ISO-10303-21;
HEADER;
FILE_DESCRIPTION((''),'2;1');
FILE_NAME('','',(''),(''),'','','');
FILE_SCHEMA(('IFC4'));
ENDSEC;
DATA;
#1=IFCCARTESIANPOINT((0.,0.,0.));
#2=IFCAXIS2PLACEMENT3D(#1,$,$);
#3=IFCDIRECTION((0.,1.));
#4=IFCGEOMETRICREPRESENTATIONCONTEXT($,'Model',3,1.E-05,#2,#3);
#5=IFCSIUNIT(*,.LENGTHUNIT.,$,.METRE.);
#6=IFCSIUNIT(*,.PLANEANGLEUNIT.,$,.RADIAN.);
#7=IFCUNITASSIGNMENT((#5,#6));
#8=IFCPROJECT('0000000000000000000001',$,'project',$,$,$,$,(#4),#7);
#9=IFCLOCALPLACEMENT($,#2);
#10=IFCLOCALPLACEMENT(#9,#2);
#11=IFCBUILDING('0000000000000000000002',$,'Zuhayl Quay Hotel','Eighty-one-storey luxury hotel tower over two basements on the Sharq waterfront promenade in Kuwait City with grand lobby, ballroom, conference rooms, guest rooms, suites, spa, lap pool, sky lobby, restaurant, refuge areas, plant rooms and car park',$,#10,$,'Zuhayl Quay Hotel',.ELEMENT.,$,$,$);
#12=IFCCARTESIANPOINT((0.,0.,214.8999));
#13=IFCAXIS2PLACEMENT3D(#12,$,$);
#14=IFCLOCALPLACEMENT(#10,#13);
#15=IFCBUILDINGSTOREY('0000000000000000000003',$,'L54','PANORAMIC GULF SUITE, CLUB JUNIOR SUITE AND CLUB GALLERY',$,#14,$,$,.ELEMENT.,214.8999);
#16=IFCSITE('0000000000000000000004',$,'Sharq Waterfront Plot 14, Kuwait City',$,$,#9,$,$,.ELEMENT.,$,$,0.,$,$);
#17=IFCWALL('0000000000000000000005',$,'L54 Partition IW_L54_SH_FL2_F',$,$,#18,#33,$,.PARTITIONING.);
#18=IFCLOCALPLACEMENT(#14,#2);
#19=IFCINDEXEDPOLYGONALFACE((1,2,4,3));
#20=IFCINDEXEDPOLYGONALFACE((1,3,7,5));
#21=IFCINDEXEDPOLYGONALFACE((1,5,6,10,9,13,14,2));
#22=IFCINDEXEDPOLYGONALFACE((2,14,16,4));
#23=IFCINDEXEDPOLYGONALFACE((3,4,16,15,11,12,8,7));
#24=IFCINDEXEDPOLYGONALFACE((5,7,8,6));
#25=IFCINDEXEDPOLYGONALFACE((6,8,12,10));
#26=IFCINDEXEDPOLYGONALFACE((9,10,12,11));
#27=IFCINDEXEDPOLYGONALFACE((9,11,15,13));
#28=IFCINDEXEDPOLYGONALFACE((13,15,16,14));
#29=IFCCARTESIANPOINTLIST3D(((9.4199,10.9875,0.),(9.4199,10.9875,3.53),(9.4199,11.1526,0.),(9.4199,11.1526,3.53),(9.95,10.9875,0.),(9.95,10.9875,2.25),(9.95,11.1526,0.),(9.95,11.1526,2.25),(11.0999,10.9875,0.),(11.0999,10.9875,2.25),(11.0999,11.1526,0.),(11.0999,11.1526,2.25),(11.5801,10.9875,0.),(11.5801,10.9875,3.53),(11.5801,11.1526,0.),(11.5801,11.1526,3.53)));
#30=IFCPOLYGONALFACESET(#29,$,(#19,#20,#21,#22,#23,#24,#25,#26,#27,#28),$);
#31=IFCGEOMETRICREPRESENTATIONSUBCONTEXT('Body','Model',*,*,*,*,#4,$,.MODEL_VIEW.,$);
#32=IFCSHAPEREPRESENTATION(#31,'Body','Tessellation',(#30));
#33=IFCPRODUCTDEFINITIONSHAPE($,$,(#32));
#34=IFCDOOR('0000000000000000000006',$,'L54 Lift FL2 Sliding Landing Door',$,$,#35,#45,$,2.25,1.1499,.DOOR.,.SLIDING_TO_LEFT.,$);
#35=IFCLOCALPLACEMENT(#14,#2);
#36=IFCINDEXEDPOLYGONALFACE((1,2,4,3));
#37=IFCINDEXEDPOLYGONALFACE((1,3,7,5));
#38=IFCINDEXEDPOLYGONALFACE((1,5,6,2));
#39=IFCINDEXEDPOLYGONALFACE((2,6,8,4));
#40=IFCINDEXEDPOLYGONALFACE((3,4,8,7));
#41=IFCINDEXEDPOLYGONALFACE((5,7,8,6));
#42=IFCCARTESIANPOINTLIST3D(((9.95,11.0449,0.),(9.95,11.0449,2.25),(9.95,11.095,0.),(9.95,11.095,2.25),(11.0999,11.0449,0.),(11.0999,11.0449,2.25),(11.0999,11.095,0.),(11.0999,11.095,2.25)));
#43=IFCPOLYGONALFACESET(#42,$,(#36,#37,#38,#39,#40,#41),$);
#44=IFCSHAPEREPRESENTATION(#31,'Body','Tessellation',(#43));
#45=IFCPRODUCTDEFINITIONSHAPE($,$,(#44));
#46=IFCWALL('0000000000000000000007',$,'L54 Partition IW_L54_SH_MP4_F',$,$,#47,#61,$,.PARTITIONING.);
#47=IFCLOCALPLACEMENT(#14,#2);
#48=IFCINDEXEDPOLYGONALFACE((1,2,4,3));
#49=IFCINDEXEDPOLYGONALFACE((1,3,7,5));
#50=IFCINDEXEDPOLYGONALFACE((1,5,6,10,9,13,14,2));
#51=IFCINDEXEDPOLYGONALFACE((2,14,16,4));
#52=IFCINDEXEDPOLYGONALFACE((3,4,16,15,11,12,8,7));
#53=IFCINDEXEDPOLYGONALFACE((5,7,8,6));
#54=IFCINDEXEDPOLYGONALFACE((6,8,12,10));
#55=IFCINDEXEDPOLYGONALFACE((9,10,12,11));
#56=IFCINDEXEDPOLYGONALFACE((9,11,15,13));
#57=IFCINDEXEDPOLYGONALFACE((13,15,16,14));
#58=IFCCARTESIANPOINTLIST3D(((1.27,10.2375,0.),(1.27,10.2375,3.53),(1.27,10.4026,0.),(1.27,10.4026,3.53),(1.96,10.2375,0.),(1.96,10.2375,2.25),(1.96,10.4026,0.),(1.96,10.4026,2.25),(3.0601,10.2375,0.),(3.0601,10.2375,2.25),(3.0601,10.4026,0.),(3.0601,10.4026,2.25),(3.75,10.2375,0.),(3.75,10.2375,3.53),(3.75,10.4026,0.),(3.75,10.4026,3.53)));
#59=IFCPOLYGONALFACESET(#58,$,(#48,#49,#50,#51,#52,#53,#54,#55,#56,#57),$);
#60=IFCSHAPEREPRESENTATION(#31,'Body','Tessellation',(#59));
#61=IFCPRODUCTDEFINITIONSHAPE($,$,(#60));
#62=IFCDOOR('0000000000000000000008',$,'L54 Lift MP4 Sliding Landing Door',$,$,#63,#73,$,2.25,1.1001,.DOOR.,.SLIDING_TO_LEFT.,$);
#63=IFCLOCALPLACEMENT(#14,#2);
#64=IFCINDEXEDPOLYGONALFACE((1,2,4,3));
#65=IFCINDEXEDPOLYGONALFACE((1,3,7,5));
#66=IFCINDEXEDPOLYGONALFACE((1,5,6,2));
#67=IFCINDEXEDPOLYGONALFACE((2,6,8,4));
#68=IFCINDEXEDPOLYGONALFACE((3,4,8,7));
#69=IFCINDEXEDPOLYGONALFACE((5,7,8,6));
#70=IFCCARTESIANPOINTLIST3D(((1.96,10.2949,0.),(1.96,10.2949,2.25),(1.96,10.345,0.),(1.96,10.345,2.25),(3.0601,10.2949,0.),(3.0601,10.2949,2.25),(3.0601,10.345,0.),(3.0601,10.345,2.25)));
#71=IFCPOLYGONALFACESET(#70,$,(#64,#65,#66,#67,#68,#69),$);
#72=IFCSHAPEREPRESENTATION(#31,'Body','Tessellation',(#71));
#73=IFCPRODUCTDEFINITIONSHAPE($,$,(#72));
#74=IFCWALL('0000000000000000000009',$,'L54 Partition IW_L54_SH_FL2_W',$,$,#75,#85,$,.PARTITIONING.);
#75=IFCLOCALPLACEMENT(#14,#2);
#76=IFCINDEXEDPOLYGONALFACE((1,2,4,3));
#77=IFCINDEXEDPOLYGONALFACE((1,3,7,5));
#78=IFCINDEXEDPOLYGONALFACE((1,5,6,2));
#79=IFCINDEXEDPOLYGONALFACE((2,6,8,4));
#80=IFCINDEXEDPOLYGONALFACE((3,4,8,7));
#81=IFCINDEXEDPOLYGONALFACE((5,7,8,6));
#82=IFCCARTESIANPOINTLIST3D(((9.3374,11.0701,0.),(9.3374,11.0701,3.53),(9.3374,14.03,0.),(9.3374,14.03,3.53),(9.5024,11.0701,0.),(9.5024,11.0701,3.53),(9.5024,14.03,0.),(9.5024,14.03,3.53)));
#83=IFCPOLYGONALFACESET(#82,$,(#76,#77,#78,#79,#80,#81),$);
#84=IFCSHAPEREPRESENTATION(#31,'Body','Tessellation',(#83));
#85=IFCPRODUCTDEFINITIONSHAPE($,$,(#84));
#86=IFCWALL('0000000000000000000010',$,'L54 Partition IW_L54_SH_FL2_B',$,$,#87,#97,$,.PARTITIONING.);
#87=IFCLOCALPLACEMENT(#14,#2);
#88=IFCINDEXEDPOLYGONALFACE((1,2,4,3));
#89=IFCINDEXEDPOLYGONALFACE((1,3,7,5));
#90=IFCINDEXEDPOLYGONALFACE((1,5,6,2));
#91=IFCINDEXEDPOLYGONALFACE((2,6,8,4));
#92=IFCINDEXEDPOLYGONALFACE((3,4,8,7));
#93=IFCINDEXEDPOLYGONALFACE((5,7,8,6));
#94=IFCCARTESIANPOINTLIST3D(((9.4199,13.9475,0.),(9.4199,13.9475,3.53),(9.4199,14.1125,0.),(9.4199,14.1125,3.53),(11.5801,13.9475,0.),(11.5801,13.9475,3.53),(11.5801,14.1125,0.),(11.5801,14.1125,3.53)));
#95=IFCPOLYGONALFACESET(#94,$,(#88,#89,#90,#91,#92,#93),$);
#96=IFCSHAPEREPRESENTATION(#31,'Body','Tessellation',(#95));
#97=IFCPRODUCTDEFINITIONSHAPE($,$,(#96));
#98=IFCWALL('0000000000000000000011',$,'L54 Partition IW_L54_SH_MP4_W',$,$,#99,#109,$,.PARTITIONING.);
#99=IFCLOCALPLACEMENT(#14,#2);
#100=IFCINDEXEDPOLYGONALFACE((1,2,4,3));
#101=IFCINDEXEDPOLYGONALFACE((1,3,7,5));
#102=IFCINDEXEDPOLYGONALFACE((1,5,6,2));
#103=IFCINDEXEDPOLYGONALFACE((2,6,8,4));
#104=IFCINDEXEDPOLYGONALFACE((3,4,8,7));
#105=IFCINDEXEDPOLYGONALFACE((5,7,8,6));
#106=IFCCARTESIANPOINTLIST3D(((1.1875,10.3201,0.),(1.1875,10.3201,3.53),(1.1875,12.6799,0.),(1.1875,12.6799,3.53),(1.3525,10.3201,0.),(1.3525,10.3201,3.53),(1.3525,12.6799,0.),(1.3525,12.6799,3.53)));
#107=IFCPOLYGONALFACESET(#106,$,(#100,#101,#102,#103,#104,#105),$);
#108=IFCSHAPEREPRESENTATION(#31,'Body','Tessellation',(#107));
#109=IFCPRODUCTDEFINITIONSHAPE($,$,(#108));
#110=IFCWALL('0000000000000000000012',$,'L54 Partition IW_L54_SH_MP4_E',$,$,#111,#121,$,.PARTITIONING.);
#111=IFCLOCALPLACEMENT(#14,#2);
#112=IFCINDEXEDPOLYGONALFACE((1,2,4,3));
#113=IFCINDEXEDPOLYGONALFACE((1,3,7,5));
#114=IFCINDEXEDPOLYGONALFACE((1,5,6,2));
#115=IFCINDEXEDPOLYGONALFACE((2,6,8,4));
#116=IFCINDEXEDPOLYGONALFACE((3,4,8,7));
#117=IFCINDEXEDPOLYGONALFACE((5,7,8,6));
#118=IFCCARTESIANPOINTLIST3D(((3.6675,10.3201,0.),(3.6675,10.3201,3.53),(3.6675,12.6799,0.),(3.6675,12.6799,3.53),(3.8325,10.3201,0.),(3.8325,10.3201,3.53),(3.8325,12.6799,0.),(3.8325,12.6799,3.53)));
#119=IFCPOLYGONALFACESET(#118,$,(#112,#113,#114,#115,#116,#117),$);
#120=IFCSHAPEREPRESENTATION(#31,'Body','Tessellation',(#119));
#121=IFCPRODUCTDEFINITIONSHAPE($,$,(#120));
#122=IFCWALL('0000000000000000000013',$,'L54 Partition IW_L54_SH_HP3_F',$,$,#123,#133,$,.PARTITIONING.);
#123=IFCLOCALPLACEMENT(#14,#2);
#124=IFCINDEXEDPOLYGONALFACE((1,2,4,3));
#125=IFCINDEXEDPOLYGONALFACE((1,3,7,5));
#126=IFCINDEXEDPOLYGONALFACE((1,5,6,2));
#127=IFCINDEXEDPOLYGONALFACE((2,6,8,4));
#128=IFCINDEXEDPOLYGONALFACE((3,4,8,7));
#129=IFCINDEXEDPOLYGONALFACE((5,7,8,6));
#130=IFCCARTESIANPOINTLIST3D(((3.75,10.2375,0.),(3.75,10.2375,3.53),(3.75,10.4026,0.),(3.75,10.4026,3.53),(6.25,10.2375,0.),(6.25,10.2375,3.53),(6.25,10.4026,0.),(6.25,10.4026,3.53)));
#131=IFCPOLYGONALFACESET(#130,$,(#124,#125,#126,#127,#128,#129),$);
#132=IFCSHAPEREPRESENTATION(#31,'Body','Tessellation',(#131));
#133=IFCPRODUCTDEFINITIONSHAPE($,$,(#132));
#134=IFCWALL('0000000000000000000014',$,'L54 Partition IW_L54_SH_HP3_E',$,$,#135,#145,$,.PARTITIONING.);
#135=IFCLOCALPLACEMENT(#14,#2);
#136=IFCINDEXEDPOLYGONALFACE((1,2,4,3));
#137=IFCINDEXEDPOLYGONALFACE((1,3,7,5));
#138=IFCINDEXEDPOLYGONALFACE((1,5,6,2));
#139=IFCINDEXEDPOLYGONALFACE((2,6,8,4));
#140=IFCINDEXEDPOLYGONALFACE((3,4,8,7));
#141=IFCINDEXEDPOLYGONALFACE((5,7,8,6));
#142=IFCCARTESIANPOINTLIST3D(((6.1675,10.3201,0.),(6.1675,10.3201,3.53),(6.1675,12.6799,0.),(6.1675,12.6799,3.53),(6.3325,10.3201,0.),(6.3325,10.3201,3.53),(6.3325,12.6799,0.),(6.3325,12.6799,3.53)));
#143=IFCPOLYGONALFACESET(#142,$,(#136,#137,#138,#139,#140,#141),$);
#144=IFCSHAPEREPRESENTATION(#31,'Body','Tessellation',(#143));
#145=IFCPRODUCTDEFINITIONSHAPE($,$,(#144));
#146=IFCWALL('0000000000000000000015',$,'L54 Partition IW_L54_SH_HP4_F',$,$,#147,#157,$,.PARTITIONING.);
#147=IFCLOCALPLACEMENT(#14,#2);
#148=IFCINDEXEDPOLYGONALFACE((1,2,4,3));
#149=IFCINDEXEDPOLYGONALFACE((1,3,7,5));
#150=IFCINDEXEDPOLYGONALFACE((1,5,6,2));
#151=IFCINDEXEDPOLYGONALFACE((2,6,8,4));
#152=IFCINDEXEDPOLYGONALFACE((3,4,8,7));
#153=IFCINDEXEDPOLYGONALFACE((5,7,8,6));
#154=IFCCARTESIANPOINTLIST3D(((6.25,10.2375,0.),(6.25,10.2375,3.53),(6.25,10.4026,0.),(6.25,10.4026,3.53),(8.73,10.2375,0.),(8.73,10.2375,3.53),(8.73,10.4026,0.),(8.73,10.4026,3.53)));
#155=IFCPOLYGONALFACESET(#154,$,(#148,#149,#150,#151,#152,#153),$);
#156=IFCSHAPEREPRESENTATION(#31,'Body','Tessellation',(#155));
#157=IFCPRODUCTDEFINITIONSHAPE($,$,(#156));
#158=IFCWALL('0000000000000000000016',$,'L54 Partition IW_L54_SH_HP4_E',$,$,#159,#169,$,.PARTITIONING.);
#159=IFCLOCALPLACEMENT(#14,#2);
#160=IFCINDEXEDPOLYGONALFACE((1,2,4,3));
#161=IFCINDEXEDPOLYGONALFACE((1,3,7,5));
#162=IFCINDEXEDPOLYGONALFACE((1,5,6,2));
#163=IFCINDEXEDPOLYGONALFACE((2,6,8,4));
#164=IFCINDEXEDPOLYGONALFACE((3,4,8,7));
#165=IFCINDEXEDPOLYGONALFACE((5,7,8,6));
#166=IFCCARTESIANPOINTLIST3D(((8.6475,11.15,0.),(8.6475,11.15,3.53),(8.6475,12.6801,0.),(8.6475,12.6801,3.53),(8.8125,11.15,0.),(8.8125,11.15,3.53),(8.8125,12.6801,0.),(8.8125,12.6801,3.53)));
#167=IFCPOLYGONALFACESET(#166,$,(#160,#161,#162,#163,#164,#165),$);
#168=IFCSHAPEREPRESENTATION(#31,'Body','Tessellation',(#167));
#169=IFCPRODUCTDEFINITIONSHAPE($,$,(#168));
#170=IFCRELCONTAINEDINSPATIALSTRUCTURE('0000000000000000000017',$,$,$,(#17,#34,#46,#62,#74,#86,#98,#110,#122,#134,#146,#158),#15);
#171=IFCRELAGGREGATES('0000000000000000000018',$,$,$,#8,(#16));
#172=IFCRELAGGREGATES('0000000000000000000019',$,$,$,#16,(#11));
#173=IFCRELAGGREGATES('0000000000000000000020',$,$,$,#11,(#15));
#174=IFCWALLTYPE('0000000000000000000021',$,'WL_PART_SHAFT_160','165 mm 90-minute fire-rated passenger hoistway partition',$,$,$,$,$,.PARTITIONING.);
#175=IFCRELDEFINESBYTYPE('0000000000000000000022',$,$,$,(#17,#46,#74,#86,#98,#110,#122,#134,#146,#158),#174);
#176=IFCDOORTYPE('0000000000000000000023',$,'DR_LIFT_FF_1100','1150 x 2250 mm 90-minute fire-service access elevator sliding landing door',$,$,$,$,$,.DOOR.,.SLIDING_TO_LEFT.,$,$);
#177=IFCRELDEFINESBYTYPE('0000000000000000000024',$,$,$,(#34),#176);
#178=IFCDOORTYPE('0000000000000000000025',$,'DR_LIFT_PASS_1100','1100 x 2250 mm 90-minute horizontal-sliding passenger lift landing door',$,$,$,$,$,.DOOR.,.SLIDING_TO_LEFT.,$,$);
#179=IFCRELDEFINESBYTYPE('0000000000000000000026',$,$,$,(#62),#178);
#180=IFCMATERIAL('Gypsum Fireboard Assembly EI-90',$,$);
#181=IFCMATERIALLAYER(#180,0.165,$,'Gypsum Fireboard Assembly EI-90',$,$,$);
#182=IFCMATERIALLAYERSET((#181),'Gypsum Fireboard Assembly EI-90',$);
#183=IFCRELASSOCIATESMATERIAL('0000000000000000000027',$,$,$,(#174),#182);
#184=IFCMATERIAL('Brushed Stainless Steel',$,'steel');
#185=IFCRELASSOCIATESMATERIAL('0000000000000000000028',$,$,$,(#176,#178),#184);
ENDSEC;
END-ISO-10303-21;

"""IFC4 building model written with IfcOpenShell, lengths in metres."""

from ifc_helpers import new_model, si_unit, direction, frame, frame_2d, origin, place, context, subcontext, project, spatial, rectangle, extrude, material, layer, layer_set, type_object, element, fill, save


model = new_model("IFC4")

# Units and contexts
model_context = context("Model", 3, precision=1e-05, world=origin(), true_north=direction((0.0, 1.0)))
body_context = subcontext(model_context, "Body", "Model", "MODEL_VIEW")
ifc_project = project(units=[si_unit("LENGTHUNIT", "METRE"), si_unit("PLANEANGLEUNIT", "RADIAN")], contexts=[model_context])

# Site, building, storey
site_placement = place(None, origin())
site = spatial("IfcSite", under=ifc_project, at=site_placement, Name="Sharq Waterfront Plot 14, Kuwait City", CompositionType="ELEMENT", RefElevation=0.0)
building_placement = place(site_placement, origin())
building = spatial("IfcBuilding", under=site, at=building_placement, Name="Zuhayl Quay Hotel", Description="Eighty-one-storey luxury hotel tower over two basements on the Sharq waterfront promenade in Kuwait City with grand lobby, ballroom, conference rooms, guest rooms, suites, spa, lap pool, sky lobby, restaurant, refuge areas, plant rooms and car park", LongName="Zuhayl Quay Hotel", CompositionType="ELEMENT")
storey_placement = place(building_placement, frame((0.0, 0.0, 214.8999)))
storey = spatial("IfcBuildingStorey", under=building, at=storey_placement, Name="L54", Description="PANORAMIC GULF SUITE, CLUB JUNIOR SUITE AND CLUB GALLERY", CompositionType="ELEMENT", Elevation=214.8999)

# Walls, openings, doors
ifc_material_1 = material(Name="Gypsum Fireboard Assembly EI-90")
ifc_layer_1 = layer(ifc_material_1, 0.165, Name="Gypsum Fireboard Assembly EI-90")
ifc_layer_set_1 = layer_set([ifc_layer_1], Name="Gypsum Fireboard Assembly EI-90")
wall_type_1 = type_object("IfcWallType", Name="WL_PART_SHAFT_160", Description="165 mm 90-minute fire-rated passenger hoistway partition", PredefinedType="PARTITIONING", material=ifc_layer_set_1)
wall_1_placement = place(storey_placement, frame((9.4199, 11.0701, 0.0), z_axis=(0.0, 0.0, 1.0), x_axis=(1.0, 0.0, 0.0)))
wall_1 = element("IfcWall", 1, at=wall_1_placement, inside=storey, type_object=wall_type_1, Name="L54 Partition IW_L54_SH_FL2_F", PredefinedType="PARTITIONING", context=body_context, shape_type="SweptSolid", body=[
    extrude(rectangle(XDim=2.1602, YDim=0.165, at=frame_2d((1.0801, 0.0))), origin(), (0.0, 0.0, 1.0), 3.53),
])
opening_1_placement = place(wall_1_placement, frame((0.53, 0.0, 0.0)))
opening_1 = element("IfcOpeningElement", 2, at=opening_1_placement, cuts=wall_1, PredefinedType="OPENING", context=body_context, shape_type="SweptSolid", body=[
    extrude(rectangle(XDim=1.1499, YDim=2.25, at=frame_2d((0.575, 1.125))), frame((0.0, 0.0925, 0.0), z_axis=(0.0, -1.0, 0.0), x_axis=(1.0, 0.0, 0.0)), (0.0, 0.0, 1.0), 0.1851),
])
ifc_material_2 = material(Name="Brushed Stainless Steel", Category="steel")
door_type_1 = type_object("IfcDoorType", Name="DR_LIFT_FF_1100", Description="1150 x 2250 mm 90-minute fire-service access elevator sliding landing door", OperationType="SLIDING_TO_LEFT", PredefinedType="DOOR", material=ifc_material_2)
door_1_placement = place(opening_1_placement, origin())
door_1 = element("IfcDoor", 3, at=door_1_placement, inside=storey, type_object=door_type_1, Name="L54 Lift FL2 Sliding Landing Door", OperationType="SLIDING_TO_LEFT", OverallHeight=2.25, OverallWidth=1.1499, PredefinedType="DOOR", context=body_context, shape_type="SweptSolid", body=[
    extrude(rectangle(XDim=1.1499, YDim=2.25, at=frame_2d((0.575, 1.125))), frame((0.0, 0.0249, 0.0), z_axis=(0.0, -1.0, 0.0), x_axis=(1.0, 0.0, 0.0)), (0.0, 0.0, 1.0), 0.05),
])
fill(opening_1, door_1)
wall_2_placement = place(storey_placement, frame((1.27, 10.3201, 0.0), z_axis=(0.0, 0.0, 1.0), x_axis=(1.0, 0.0, 0.0)))
wall_2 = element("IfcWall", 4, at=wall_2_placement, inside=storey, type_object=wall_type_1, Name="L54 Partition IW_L54_SH_MP4_F", PredefinedType="PARTITIONING", context=body_context, shape_type="SweptSolid", body=[
    extrude(rectangle(XDim=2.48, YDim=0.165, at=frame_2d((1.24, 0.0))), origin(), (0.0, 0.0, 1.0), 3.53),
])
opening_2_placement = place(wall_2_placement, frame((0.6899, 0.0, 0.0)))
opening_2 = element("IfcOpeningElement", 5, at=opening_2_placement, cuts=wall_2, PredefinedType="OPENING", context=body_context, shape_type="SweptSolid", body=[
    extrude(rectangle(XDim=1.1001, YDim=2.25, at=frame_2d((0.55, 1.125))), frame((0.0, 0.0925, 0.0), z_axis=(0.0, -1.0, 0.0), x_axis=(1.0, 0.0, 0.0)), (0.0, 0.0, 1.0), 0.1851),
])
door_type_2 = type_object("IfcDoorType", Name="DR_LIFT_PASS_1100", Description="1100 x 2250 mm 90-minute horizontal-sliding passenger lift landing door", OperationType="SLIDING_TO_LEFT", PredefinedType="DOOR", material=ifc_material_2)
door_2_placement = place(opening_2_placement, origin())
door_2 = element("IfcDoor", 6, at=door_2_placement, inside=storey, type_object=door_type_2, Name="L54 Lift MP4 Sliding Landing Door", OperationType="SLIDING_TO_LEFT", OverallHeight=2.25, OverallWidth=1.1001, PredefinedType="DOOR", context=body_context, shape_type="SweptSolid", body=[
    extrude(rectangle(XDim=1.1001, YDim=2.25, at=frame_2d((0.55, 1.125))), frame((0.0, 0.0249, 0.0), z_axis=(0.0, -1.0, 0.0), x_axis=(1.0, 0.0, 0.0)), (0.0, 0.0, 1.0), 0.05),
])
fill(opening_2, door_2)

# Walls
wall_3_placement = place(storey_placement, frame((9.4199, 11.0701, 0.0), z_axis=(0.0, 0.0, 1.0), x_axis=(0.0, 1.0, 0.0)))
element("IfcWall", 7, at=wall_3_placement, inside=storey, type_object=wall_type_1, Name="L54 Partition IW_L54_SH_FL2_W", PredefinedType="PARTITIONING", context=body_context, shape_type="SweptSolid", body=[
    extrude(rectangle(XDim=2.96, YDim=0.165, at=frame_2d((1.48, 0.0))), origin(), (0.0, 0.0, 1.0), 3.53),
])
wall_4_placement = place(storey_placement, frame((9.4199, 14.03, 0.0), z_axis=(0.0, 0.0, 1.0), x_axis=(1.0, 0.0, 0.0)))
element("IfcWall", 8, at=wall_4_placement, inside=storey, type_object=wall_type_1, Name="L54 Partition IW_L54_SH_FL2_B", PredefinedType="PARTITIONING", context=body_context, shape_type="SweptSolid", body=[
    extrude(rectangle(XDim=2.1602, YDim=0.165, at=frame_2d((1.0801, 0.0))), origin(), (0.0, 0.0, 1.0), 3.53),
])
for number, where, z_axis, x_axis, name in (
    (9, (1.27, 10.3201, 0.0), (0.0, 0.0, 1.0), (0.0, 1.0, 0.0), "L54 Partition IW_L54_SH_MP4_W"),
    (10, (3.75, 10.3201, 0.0), (0.0, 0.0, 1.0), (0.0, 1.0, 0.0), "L54 Partition IW_L54_SH_MP4_E"),
):
    element("IfcWall", number, at=place(storey_placement, frame(where, z_axis=z_axis, x_axis=x_axis)), inside=storey, type_object=wall_type_1, Name=name, PredefinedType="PARTITIONING", context=body_context, shape_type="SweptSolid", body=[
        extrude(rectangle(XDim=2.3599, YDim=0.165, at=frame_2d((1.1799, 0.0))), origin(), (0.0, 0.0, 1.0), 3.53),
    ])
wall_5_placement = place(storey_placement, frame((3.75, 10.3201, 0.0), z_axis=(0.0, 0.0, 1.0), x_axis=(1.0, 0.0, 0.0)))
element("IfcWall", 11, at=wall_5_placement, inside=storey, type_object=wall_type_1, Name="L54 Partition IW_L54_SH_HP3_F", PredefinedType="PARTITIONING", context=body_context, shape_type="SweptSolid", body=[
    extrude(rectangle(XDim=2.5, YDim=0.165, at=frame_2d((1.25, 0.0))), origin(), (0.0, 0.0, 1.0), 3.53),
])
wall_6_placement = place(storey_placement, frame((6.25, 10.3201, 0.0), z_axis=(0.0, 0.0, 1.0), x_axis=(0.0, 1.0, 0.0)))
element("IfcWall", 12, at=wall_6_placement, inside=storey, type_object=wall_type_1, Name="L54 Partition IW_L54_SH_HP3_E", PredefinedType="PARTITIONING", context=body_context, shape_type="SweptSolid", body=[
    extrude(rectangle(XDim=2.3599, YDim=0.165, at=frame_2d((1.1799, 0.0))), origin(), (0.0, 0.0, 1.0), 3.53),
])
wall_7_placement = place(storey_placement, frame((6.25, 10.3201, 0.0), z_axis=(0.0, 0.0, 1.0), x_axis=(1.0, 0.0, 0.0)))
element("IfcWall", 13, at=wall_7_placement, inside=storey, type_object=wall_type_1, Name="L54 Partition IW_L54_SH_HP4_F", PredefinedType="PARTITIONING", context=body_context, shape_type="SweptSolid", body=[
    extrude(rectangle(XDim=2.48, YDim=0.165, at=frame_2d((1.24, 0.0))), origin(), (0.0, 0.0, 1.0), 3.53),
])
wall_8_placement = place(storey_placement, frame((8.73, 11.1499, 0.0), z_axis=(0.0, 0.0, 1.0), x_axis=(0.0, 1.0, 0.0)))
element("IfcWall", 14, at=wall_8_placement, inside=storey, type_object=wall_type_1, Name="L54 Partition IW_L54_SH_HP4_E", PredefinedType="PARTITIONING", context=body_context, shape_type="SweptSolid", body=[
    extrude(rectangle(XDim=1.53, YDim=0.165, at=frame_2d((0.7651, 0.0))), origin(), (0.0, 0.0, 1.0), 3.53),
])

save(model, "model.ifc")
